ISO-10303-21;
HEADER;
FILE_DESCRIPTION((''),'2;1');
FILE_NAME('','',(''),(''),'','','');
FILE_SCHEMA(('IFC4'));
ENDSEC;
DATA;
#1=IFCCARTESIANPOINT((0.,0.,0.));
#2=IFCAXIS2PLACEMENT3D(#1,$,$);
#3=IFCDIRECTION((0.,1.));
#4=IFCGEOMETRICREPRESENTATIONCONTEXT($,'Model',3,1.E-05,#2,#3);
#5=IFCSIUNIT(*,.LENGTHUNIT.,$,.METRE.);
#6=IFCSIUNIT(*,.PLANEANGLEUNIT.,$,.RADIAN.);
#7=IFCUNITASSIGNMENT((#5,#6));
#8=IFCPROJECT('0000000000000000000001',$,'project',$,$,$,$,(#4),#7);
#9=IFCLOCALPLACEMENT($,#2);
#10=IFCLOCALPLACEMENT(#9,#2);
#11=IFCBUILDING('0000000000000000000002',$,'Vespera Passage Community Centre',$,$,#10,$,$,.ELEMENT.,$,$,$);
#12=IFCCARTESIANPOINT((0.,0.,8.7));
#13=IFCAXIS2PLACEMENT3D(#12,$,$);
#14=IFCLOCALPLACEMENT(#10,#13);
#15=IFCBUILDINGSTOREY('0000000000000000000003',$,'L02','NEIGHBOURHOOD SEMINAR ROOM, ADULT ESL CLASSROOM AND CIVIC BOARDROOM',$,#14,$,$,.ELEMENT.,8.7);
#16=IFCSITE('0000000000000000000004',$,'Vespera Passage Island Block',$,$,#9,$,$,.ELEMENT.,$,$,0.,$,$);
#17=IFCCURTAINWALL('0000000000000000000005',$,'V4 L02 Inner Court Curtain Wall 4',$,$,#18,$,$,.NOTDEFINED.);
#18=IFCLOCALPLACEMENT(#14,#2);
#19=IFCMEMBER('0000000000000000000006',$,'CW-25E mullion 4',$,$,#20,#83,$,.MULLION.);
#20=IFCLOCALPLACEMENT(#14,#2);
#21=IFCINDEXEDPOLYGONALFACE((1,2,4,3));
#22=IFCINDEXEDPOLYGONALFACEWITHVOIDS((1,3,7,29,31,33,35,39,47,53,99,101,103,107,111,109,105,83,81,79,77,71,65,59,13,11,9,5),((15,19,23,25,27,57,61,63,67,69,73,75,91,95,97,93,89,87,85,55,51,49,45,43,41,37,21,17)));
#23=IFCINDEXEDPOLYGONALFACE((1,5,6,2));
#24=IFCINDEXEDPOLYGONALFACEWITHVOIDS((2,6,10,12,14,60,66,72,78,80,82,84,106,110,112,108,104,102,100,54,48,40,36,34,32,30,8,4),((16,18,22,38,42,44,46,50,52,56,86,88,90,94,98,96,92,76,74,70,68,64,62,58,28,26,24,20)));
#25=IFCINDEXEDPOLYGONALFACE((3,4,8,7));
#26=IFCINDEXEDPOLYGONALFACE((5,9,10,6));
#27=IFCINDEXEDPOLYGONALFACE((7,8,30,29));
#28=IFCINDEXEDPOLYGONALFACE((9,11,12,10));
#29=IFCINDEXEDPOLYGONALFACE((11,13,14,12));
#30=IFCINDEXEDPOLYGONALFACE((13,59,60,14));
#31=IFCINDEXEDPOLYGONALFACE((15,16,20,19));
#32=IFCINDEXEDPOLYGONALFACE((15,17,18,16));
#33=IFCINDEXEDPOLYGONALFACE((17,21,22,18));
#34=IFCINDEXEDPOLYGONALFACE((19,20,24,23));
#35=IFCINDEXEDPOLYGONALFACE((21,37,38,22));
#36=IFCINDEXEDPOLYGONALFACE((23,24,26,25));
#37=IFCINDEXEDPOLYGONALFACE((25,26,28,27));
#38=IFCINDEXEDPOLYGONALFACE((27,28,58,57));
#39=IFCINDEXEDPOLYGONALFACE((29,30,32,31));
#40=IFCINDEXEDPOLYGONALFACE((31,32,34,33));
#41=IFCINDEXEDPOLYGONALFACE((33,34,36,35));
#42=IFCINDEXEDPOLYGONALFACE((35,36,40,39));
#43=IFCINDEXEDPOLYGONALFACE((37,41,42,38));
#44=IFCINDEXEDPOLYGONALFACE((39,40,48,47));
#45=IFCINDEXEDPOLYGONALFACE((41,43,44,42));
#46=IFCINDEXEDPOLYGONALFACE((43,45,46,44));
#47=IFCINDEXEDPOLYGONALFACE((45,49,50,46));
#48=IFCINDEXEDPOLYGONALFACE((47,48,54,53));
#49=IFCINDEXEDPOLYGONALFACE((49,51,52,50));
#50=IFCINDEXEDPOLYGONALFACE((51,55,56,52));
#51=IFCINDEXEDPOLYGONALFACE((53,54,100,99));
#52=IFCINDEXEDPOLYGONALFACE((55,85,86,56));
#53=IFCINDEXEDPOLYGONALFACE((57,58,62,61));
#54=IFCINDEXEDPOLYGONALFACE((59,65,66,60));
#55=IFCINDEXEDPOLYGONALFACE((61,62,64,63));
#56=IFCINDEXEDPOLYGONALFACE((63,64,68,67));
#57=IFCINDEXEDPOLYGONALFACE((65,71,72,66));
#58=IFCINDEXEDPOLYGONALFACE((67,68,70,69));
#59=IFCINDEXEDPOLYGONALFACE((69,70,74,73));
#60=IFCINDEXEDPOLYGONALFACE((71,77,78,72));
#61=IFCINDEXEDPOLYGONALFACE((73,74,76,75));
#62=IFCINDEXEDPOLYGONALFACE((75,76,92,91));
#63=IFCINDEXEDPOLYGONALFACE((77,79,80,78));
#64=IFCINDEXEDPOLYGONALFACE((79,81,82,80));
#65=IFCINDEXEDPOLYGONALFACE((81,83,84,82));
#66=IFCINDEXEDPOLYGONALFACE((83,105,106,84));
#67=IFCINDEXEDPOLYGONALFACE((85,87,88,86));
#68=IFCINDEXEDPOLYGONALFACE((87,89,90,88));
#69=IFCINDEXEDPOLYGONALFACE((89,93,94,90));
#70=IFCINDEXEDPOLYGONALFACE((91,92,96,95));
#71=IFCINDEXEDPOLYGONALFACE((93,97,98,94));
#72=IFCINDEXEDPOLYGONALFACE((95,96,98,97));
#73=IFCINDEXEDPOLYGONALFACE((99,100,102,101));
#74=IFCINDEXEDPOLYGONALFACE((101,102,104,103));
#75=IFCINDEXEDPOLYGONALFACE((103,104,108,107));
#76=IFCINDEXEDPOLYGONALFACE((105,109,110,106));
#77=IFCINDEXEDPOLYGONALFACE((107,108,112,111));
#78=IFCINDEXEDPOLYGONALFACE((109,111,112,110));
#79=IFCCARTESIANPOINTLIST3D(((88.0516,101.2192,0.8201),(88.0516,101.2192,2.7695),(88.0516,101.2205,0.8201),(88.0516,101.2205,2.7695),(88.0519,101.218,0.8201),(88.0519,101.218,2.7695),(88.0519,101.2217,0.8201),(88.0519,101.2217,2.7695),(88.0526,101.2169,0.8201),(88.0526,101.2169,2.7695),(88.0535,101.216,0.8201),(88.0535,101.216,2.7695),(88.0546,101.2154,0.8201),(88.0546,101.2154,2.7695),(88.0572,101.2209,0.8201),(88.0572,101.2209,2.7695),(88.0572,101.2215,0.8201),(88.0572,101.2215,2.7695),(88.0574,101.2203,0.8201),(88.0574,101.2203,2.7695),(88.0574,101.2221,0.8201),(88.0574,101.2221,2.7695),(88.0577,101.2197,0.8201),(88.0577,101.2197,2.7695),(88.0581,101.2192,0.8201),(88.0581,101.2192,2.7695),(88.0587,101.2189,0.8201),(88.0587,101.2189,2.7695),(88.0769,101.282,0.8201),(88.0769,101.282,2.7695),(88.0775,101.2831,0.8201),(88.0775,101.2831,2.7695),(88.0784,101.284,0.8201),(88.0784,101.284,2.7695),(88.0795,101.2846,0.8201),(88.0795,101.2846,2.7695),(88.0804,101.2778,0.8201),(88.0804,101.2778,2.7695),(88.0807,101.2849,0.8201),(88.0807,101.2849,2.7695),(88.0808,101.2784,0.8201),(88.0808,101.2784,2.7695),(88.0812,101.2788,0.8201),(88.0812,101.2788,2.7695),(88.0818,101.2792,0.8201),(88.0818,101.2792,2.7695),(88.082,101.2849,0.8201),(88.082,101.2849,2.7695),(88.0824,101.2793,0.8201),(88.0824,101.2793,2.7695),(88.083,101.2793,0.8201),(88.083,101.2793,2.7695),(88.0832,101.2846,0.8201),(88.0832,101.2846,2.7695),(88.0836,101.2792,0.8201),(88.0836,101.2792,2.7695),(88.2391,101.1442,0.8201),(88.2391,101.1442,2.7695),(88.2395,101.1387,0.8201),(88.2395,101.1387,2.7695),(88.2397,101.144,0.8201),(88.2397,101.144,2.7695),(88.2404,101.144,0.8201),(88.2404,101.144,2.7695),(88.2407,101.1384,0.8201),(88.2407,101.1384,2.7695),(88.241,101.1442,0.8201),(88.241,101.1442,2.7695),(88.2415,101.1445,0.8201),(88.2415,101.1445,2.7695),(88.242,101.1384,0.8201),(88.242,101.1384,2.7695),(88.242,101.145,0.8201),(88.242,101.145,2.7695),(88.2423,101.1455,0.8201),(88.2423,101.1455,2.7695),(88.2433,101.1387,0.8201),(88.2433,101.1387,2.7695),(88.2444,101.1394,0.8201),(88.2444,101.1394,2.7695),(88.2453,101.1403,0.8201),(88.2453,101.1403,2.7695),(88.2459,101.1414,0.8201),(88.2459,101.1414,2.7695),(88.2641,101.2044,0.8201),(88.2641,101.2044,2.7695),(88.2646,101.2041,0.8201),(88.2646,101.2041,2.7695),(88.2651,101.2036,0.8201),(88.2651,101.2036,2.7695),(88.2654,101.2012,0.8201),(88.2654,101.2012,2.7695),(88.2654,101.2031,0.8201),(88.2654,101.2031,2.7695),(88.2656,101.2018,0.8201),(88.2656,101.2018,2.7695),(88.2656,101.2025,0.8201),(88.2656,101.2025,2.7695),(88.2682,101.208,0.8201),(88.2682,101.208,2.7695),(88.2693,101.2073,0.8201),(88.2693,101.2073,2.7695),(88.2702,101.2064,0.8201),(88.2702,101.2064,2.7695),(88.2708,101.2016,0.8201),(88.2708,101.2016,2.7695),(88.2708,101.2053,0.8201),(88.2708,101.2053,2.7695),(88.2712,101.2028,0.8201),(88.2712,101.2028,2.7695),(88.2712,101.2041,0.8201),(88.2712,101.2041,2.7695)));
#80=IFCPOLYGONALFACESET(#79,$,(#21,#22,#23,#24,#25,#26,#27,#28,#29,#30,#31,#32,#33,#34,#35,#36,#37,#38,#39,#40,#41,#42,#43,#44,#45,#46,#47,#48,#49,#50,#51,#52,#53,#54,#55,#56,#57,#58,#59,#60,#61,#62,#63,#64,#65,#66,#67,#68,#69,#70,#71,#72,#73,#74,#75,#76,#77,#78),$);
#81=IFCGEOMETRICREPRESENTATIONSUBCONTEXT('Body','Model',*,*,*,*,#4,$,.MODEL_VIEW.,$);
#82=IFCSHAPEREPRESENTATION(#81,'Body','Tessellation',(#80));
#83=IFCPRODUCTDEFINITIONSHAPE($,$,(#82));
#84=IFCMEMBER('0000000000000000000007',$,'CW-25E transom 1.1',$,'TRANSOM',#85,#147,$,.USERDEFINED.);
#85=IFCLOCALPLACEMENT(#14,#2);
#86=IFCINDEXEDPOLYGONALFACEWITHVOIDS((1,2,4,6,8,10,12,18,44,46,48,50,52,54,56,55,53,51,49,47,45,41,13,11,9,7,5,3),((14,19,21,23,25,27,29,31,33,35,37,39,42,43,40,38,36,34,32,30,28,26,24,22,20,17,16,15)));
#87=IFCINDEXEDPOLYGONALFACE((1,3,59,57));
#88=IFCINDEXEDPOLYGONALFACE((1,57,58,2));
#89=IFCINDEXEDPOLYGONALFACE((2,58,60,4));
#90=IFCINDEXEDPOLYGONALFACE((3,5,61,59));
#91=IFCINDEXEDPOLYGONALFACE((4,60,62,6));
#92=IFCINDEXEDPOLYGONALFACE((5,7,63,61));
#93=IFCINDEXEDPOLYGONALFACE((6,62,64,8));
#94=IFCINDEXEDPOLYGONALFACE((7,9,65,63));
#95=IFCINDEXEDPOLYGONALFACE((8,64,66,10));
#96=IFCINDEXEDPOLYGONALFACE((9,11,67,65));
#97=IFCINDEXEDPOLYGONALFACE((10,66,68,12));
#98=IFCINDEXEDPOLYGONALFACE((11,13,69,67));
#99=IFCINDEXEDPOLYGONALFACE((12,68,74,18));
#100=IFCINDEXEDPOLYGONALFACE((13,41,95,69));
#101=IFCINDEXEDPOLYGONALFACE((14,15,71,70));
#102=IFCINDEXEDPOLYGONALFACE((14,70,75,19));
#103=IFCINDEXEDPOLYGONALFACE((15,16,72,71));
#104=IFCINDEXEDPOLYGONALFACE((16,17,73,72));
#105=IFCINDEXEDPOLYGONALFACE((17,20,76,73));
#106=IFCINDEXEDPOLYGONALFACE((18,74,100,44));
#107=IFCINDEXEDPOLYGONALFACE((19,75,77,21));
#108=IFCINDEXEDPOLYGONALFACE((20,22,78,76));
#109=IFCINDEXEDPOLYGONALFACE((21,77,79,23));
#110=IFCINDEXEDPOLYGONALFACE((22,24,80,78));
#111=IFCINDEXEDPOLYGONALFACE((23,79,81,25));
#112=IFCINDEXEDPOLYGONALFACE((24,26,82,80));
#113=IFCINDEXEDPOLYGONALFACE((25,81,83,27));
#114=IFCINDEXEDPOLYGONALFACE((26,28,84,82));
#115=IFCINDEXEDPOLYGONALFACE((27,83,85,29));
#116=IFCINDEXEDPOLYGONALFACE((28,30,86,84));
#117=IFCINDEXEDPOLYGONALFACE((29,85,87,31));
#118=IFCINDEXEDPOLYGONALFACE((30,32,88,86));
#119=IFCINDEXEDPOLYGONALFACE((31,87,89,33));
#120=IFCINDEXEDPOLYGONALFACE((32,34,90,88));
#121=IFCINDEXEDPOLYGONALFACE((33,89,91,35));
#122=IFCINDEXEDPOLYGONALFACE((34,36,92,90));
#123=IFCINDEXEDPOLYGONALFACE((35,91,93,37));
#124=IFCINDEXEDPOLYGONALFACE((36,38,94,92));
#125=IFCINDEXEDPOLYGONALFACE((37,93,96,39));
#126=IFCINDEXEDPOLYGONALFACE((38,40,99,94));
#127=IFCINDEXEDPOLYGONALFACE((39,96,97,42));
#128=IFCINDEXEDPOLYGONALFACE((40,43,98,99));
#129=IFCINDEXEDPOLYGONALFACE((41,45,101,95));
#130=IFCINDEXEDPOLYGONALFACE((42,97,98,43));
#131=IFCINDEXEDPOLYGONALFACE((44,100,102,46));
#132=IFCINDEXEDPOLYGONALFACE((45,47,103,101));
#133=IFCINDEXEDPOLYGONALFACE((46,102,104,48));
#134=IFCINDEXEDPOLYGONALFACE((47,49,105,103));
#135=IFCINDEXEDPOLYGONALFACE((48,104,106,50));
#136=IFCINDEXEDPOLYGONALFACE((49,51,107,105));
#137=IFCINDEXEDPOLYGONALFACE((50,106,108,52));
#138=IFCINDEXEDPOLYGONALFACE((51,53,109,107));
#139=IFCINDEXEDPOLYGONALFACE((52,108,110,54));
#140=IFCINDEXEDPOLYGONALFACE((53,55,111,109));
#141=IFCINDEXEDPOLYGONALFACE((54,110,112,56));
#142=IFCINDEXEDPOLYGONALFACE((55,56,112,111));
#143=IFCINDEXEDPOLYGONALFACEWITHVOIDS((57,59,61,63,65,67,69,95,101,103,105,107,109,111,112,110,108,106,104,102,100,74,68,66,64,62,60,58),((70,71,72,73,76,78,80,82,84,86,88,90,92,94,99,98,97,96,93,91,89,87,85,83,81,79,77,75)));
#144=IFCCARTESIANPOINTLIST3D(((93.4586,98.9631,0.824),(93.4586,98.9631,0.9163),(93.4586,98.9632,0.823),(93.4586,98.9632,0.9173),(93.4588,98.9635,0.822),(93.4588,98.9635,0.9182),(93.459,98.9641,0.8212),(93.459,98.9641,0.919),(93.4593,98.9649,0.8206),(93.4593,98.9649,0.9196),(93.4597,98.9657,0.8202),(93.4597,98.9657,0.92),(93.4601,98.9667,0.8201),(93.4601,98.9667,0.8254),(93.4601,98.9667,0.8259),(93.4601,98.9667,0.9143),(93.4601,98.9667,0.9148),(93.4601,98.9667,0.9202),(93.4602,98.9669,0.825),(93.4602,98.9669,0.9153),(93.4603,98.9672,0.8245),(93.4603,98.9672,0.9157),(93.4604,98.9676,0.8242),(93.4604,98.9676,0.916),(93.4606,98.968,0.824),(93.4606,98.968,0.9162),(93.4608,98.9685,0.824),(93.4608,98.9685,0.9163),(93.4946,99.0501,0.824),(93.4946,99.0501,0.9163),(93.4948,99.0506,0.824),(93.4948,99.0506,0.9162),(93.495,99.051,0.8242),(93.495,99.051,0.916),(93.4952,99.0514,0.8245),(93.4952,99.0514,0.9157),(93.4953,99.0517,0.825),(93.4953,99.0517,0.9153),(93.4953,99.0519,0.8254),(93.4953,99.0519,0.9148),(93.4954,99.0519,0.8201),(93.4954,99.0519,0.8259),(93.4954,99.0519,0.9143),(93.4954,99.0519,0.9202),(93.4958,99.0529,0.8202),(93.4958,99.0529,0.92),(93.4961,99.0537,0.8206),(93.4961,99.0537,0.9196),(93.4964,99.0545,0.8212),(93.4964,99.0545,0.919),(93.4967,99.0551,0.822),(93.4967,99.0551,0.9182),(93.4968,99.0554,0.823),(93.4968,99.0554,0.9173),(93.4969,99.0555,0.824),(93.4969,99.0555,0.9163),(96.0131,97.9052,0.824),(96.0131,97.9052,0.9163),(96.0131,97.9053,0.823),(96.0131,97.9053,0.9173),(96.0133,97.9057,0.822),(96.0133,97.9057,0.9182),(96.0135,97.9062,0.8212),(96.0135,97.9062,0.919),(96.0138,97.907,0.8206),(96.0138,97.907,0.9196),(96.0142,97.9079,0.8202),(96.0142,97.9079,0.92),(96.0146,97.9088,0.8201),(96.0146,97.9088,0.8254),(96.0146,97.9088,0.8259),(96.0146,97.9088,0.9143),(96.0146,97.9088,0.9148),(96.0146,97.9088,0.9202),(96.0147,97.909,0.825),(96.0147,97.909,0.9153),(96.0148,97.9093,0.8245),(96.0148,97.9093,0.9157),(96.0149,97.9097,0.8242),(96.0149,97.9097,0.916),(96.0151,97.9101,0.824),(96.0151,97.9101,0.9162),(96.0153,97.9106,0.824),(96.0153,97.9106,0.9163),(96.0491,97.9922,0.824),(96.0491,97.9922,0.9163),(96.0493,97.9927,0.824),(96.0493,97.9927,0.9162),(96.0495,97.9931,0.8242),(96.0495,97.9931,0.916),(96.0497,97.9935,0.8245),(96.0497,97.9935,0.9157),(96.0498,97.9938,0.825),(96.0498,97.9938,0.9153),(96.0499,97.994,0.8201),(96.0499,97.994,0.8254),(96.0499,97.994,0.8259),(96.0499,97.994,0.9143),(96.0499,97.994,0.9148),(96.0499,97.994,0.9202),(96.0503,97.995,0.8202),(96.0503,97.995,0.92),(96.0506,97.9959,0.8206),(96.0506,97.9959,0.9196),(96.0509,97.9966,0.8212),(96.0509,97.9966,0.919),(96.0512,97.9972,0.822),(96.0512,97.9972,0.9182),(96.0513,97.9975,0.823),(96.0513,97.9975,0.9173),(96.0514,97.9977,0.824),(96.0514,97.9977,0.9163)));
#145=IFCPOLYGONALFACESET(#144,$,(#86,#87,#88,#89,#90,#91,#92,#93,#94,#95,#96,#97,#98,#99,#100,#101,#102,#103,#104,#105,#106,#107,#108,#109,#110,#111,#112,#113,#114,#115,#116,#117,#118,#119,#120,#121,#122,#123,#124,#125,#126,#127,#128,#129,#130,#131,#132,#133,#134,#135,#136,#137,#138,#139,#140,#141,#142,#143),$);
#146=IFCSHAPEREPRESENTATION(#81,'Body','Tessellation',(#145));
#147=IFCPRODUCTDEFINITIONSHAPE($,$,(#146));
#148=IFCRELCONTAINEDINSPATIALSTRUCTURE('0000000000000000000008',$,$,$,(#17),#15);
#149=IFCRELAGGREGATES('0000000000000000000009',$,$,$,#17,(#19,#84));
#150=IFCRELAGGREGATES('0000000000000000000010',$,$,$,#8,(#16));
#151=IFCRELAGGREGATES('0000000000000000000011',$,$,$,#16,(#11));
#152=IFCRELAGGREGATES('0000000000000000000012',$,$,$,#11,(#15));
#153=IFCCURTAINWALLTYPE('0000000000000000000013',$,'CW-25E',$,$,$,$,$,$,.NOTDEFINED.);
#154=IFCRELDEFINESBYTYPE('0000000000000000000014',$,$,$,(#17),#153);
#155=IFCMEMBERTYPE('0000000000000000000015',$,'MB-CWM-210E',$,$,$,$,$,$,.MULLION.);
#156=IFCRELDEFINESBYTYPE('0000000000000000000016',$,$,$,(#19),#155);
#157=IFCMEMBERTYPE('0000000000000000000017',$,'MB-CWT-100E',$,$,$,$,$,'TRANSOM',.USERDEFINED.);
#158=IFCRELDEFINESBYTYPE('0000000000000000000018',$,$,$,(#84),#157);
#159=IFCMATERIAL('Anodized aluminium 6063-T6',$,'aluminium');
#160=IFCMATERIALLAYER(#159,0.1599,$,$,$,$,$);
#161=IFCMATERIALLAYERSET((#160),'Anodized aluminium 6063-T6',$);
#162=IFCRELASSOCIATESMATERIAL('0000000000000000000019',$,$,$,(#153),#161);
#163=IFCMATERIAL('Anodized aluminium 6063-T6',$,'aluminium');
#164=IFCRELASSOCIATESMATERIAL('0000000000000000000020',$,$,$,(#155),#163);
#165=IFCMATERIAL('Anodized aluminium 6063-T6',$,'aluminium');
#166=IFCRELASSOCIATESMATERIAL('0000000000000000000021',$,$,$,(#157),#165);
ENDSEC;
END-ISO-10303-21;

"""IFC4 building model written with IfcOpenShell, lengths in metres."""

from ifc_helpers import new_model, si_unit, direction, frame, origin, origin_2d, place, context, subcontext, project, spatial, hollow_rectangle, extrude, material, layer, layer_set, material_profile, profile_set, type_object, element, aggregate, save


model = new_model("IFC4")

# Units and contexts
model_context = context("Model", 3, precision=1e-05, world=origin(), true_north=direction((0.0, 1.0)))
body_context = subcontext(model_context, "Body", "Model", "MODEL_VIEW")
ifc_project = project(units=[si_unit("LENGTHUNIT", "METRE"), si_unit("PLANEANGLEUNIT", "RADIAN")], contexts=[model_context])

# Site, building, storey
site_placement = place(None, origin())
site = spatial("IfcSite", under=ifc_project, at=site_placement, Name="Vespera Passage Island Block", CompositionType="ELEMENT", RefElevation=0.0)
building_placement = place(site_placement, origin())
building = spatial("IfcBuilding", under=site, at=building_placement, Name="Vespera Passage Community Centre", CompositionType="ELEMENT")
storey_placement = place(building_placement, frame((0.0, 0.0, 8.7)))
storey = spatial("IfcBuildingStorey", under=building, at=storey_placement, Name="L02", Description="NEIGHBOURHOOD SEMINAR ROOM, ADULT ESL CLASSROOM AND CIVIC BOARDROOM", CompositionType="ELEMENT", Elevation=8.7)

# Curtain wall, members
ifc_material_1 = material(Name="Anodized aluminium 6063-T6", Category="aluminium")
ifc_layer_1 = layer(ifc_material_1, 0.1599)
ifc_layer_set_1 = layer_set([ifc_layer_1], Name="Anodized aluminium 6063-T6")
curtain_wall_type_1 = type_object("IfcCurtainWallType", Name="CW-25E", PredefinedType="NOTDEFINED", material=ifc_layer_set_1)
curtain_wall_1_placement = place(storey_placement, origin())
curtain_wall_1 = element("IfcCurtainWall", 1, at=curtain_wall_1_placement, inside=storey, type_object=curtain_wall_type_1, Name="V4 L02 Inner Court Curtain Wall 4", PredefinedType="NOTDEFINED")
ifc_material_2 = material(Name="Anodized aluminium 6063-T6", Category="aluminium")
ifc_material_profile_1 = material_profile(ifc_material_2, hollow_rectangle(XDim=0.075, YDim=0.21, WallThickness=0.0049, InnerFilletRadius=0.0024, OuterFilletRadius=0.0049, at=origin_2d()), Name="ALU210X75X5")
ifc_profile_set_1 = profile_set([ifc_material_profile_1], Name="Anodized aluminium 6063-T6")
member_type_1 = type_object("IfcMemberType", Name="MB-CWM-210E", PredefinedType="MULLION", material=ifc_profile_set_1)
member_1_placement = place(storey_placement, frame((88.1614, 101.2117, 0.8201), z_axis=(0.0, 0.0, 1.0), x_axis=(-0.38269, -0.923877, 0.0)))
member_1 = element("IfcMember", 2, at=member_1_placement, type_object=member_type_1, Name="CW-25E mullion 4", PredefinedType="MULLION", context=body_context, shape_type="SweptSolid", body=[
    extrude(hollow_rectangle(XDim=0.075, YDim=0.21, WallThickness=0.0049, InnerFilletRadius=0.0024, OuterFilletRadius=0.0049, at=origin_2d()), origin(), (0.0, 0.0, 1.0), 1.9495),
])
ifc_material_3 = material(Name="Anodized aluminium 6063-T6", Category="aluminium")
ifc_material_profile_2 = material_profile(ifc_material_3, hollow_rectangle(XDim=0.1001, YDim=0.1001, WallThickness=0.0039, InnerFilletRadius=0.002, OuterFilletRadius=0.0039, at=origin_2d()), Name="ALU100X100X4")
ifc_profile_set_2 = profile_set([ifc_material_profile_2], Name="Anodized aluminium 6063-T6")
member_type_2 = type_object("IfcMemberType", Name="MB-CWT-100E", ElementType="TRANSOM", PredefinedType="USERDEFINED", material=ifc_profile_set_2)
member_2_placement = place(storey_placement, frame((96.0322, 97.9514, 0.8701), z_axis=(-0.923908, 0.382614, 0.0), x_axis=(-0.382614, -0.923908, 0.0)))
member_2 = element("IfcMember", 3, at=member_2_placement, type_object=member_type_2, Name="CW-25E transom 1.1", ObjectType="TRANSOM", PredefinedType="USERDEFINED", context=body_context, shape_type="SweptSolid", body=[
    extrude(hollow_rectangle(XDim=0.1001, YDim=0.1001, WallThickness=0.0039, InnerFilletRadius=0.002, OuterFilletRadius=0.0039, at=origin_2d()), origin(), (0.0, 0.0, 1.0), 2.7649),
])

aggregate(curtain_wall_1, [member_1, member_2])

save(model, "model.ifc")
